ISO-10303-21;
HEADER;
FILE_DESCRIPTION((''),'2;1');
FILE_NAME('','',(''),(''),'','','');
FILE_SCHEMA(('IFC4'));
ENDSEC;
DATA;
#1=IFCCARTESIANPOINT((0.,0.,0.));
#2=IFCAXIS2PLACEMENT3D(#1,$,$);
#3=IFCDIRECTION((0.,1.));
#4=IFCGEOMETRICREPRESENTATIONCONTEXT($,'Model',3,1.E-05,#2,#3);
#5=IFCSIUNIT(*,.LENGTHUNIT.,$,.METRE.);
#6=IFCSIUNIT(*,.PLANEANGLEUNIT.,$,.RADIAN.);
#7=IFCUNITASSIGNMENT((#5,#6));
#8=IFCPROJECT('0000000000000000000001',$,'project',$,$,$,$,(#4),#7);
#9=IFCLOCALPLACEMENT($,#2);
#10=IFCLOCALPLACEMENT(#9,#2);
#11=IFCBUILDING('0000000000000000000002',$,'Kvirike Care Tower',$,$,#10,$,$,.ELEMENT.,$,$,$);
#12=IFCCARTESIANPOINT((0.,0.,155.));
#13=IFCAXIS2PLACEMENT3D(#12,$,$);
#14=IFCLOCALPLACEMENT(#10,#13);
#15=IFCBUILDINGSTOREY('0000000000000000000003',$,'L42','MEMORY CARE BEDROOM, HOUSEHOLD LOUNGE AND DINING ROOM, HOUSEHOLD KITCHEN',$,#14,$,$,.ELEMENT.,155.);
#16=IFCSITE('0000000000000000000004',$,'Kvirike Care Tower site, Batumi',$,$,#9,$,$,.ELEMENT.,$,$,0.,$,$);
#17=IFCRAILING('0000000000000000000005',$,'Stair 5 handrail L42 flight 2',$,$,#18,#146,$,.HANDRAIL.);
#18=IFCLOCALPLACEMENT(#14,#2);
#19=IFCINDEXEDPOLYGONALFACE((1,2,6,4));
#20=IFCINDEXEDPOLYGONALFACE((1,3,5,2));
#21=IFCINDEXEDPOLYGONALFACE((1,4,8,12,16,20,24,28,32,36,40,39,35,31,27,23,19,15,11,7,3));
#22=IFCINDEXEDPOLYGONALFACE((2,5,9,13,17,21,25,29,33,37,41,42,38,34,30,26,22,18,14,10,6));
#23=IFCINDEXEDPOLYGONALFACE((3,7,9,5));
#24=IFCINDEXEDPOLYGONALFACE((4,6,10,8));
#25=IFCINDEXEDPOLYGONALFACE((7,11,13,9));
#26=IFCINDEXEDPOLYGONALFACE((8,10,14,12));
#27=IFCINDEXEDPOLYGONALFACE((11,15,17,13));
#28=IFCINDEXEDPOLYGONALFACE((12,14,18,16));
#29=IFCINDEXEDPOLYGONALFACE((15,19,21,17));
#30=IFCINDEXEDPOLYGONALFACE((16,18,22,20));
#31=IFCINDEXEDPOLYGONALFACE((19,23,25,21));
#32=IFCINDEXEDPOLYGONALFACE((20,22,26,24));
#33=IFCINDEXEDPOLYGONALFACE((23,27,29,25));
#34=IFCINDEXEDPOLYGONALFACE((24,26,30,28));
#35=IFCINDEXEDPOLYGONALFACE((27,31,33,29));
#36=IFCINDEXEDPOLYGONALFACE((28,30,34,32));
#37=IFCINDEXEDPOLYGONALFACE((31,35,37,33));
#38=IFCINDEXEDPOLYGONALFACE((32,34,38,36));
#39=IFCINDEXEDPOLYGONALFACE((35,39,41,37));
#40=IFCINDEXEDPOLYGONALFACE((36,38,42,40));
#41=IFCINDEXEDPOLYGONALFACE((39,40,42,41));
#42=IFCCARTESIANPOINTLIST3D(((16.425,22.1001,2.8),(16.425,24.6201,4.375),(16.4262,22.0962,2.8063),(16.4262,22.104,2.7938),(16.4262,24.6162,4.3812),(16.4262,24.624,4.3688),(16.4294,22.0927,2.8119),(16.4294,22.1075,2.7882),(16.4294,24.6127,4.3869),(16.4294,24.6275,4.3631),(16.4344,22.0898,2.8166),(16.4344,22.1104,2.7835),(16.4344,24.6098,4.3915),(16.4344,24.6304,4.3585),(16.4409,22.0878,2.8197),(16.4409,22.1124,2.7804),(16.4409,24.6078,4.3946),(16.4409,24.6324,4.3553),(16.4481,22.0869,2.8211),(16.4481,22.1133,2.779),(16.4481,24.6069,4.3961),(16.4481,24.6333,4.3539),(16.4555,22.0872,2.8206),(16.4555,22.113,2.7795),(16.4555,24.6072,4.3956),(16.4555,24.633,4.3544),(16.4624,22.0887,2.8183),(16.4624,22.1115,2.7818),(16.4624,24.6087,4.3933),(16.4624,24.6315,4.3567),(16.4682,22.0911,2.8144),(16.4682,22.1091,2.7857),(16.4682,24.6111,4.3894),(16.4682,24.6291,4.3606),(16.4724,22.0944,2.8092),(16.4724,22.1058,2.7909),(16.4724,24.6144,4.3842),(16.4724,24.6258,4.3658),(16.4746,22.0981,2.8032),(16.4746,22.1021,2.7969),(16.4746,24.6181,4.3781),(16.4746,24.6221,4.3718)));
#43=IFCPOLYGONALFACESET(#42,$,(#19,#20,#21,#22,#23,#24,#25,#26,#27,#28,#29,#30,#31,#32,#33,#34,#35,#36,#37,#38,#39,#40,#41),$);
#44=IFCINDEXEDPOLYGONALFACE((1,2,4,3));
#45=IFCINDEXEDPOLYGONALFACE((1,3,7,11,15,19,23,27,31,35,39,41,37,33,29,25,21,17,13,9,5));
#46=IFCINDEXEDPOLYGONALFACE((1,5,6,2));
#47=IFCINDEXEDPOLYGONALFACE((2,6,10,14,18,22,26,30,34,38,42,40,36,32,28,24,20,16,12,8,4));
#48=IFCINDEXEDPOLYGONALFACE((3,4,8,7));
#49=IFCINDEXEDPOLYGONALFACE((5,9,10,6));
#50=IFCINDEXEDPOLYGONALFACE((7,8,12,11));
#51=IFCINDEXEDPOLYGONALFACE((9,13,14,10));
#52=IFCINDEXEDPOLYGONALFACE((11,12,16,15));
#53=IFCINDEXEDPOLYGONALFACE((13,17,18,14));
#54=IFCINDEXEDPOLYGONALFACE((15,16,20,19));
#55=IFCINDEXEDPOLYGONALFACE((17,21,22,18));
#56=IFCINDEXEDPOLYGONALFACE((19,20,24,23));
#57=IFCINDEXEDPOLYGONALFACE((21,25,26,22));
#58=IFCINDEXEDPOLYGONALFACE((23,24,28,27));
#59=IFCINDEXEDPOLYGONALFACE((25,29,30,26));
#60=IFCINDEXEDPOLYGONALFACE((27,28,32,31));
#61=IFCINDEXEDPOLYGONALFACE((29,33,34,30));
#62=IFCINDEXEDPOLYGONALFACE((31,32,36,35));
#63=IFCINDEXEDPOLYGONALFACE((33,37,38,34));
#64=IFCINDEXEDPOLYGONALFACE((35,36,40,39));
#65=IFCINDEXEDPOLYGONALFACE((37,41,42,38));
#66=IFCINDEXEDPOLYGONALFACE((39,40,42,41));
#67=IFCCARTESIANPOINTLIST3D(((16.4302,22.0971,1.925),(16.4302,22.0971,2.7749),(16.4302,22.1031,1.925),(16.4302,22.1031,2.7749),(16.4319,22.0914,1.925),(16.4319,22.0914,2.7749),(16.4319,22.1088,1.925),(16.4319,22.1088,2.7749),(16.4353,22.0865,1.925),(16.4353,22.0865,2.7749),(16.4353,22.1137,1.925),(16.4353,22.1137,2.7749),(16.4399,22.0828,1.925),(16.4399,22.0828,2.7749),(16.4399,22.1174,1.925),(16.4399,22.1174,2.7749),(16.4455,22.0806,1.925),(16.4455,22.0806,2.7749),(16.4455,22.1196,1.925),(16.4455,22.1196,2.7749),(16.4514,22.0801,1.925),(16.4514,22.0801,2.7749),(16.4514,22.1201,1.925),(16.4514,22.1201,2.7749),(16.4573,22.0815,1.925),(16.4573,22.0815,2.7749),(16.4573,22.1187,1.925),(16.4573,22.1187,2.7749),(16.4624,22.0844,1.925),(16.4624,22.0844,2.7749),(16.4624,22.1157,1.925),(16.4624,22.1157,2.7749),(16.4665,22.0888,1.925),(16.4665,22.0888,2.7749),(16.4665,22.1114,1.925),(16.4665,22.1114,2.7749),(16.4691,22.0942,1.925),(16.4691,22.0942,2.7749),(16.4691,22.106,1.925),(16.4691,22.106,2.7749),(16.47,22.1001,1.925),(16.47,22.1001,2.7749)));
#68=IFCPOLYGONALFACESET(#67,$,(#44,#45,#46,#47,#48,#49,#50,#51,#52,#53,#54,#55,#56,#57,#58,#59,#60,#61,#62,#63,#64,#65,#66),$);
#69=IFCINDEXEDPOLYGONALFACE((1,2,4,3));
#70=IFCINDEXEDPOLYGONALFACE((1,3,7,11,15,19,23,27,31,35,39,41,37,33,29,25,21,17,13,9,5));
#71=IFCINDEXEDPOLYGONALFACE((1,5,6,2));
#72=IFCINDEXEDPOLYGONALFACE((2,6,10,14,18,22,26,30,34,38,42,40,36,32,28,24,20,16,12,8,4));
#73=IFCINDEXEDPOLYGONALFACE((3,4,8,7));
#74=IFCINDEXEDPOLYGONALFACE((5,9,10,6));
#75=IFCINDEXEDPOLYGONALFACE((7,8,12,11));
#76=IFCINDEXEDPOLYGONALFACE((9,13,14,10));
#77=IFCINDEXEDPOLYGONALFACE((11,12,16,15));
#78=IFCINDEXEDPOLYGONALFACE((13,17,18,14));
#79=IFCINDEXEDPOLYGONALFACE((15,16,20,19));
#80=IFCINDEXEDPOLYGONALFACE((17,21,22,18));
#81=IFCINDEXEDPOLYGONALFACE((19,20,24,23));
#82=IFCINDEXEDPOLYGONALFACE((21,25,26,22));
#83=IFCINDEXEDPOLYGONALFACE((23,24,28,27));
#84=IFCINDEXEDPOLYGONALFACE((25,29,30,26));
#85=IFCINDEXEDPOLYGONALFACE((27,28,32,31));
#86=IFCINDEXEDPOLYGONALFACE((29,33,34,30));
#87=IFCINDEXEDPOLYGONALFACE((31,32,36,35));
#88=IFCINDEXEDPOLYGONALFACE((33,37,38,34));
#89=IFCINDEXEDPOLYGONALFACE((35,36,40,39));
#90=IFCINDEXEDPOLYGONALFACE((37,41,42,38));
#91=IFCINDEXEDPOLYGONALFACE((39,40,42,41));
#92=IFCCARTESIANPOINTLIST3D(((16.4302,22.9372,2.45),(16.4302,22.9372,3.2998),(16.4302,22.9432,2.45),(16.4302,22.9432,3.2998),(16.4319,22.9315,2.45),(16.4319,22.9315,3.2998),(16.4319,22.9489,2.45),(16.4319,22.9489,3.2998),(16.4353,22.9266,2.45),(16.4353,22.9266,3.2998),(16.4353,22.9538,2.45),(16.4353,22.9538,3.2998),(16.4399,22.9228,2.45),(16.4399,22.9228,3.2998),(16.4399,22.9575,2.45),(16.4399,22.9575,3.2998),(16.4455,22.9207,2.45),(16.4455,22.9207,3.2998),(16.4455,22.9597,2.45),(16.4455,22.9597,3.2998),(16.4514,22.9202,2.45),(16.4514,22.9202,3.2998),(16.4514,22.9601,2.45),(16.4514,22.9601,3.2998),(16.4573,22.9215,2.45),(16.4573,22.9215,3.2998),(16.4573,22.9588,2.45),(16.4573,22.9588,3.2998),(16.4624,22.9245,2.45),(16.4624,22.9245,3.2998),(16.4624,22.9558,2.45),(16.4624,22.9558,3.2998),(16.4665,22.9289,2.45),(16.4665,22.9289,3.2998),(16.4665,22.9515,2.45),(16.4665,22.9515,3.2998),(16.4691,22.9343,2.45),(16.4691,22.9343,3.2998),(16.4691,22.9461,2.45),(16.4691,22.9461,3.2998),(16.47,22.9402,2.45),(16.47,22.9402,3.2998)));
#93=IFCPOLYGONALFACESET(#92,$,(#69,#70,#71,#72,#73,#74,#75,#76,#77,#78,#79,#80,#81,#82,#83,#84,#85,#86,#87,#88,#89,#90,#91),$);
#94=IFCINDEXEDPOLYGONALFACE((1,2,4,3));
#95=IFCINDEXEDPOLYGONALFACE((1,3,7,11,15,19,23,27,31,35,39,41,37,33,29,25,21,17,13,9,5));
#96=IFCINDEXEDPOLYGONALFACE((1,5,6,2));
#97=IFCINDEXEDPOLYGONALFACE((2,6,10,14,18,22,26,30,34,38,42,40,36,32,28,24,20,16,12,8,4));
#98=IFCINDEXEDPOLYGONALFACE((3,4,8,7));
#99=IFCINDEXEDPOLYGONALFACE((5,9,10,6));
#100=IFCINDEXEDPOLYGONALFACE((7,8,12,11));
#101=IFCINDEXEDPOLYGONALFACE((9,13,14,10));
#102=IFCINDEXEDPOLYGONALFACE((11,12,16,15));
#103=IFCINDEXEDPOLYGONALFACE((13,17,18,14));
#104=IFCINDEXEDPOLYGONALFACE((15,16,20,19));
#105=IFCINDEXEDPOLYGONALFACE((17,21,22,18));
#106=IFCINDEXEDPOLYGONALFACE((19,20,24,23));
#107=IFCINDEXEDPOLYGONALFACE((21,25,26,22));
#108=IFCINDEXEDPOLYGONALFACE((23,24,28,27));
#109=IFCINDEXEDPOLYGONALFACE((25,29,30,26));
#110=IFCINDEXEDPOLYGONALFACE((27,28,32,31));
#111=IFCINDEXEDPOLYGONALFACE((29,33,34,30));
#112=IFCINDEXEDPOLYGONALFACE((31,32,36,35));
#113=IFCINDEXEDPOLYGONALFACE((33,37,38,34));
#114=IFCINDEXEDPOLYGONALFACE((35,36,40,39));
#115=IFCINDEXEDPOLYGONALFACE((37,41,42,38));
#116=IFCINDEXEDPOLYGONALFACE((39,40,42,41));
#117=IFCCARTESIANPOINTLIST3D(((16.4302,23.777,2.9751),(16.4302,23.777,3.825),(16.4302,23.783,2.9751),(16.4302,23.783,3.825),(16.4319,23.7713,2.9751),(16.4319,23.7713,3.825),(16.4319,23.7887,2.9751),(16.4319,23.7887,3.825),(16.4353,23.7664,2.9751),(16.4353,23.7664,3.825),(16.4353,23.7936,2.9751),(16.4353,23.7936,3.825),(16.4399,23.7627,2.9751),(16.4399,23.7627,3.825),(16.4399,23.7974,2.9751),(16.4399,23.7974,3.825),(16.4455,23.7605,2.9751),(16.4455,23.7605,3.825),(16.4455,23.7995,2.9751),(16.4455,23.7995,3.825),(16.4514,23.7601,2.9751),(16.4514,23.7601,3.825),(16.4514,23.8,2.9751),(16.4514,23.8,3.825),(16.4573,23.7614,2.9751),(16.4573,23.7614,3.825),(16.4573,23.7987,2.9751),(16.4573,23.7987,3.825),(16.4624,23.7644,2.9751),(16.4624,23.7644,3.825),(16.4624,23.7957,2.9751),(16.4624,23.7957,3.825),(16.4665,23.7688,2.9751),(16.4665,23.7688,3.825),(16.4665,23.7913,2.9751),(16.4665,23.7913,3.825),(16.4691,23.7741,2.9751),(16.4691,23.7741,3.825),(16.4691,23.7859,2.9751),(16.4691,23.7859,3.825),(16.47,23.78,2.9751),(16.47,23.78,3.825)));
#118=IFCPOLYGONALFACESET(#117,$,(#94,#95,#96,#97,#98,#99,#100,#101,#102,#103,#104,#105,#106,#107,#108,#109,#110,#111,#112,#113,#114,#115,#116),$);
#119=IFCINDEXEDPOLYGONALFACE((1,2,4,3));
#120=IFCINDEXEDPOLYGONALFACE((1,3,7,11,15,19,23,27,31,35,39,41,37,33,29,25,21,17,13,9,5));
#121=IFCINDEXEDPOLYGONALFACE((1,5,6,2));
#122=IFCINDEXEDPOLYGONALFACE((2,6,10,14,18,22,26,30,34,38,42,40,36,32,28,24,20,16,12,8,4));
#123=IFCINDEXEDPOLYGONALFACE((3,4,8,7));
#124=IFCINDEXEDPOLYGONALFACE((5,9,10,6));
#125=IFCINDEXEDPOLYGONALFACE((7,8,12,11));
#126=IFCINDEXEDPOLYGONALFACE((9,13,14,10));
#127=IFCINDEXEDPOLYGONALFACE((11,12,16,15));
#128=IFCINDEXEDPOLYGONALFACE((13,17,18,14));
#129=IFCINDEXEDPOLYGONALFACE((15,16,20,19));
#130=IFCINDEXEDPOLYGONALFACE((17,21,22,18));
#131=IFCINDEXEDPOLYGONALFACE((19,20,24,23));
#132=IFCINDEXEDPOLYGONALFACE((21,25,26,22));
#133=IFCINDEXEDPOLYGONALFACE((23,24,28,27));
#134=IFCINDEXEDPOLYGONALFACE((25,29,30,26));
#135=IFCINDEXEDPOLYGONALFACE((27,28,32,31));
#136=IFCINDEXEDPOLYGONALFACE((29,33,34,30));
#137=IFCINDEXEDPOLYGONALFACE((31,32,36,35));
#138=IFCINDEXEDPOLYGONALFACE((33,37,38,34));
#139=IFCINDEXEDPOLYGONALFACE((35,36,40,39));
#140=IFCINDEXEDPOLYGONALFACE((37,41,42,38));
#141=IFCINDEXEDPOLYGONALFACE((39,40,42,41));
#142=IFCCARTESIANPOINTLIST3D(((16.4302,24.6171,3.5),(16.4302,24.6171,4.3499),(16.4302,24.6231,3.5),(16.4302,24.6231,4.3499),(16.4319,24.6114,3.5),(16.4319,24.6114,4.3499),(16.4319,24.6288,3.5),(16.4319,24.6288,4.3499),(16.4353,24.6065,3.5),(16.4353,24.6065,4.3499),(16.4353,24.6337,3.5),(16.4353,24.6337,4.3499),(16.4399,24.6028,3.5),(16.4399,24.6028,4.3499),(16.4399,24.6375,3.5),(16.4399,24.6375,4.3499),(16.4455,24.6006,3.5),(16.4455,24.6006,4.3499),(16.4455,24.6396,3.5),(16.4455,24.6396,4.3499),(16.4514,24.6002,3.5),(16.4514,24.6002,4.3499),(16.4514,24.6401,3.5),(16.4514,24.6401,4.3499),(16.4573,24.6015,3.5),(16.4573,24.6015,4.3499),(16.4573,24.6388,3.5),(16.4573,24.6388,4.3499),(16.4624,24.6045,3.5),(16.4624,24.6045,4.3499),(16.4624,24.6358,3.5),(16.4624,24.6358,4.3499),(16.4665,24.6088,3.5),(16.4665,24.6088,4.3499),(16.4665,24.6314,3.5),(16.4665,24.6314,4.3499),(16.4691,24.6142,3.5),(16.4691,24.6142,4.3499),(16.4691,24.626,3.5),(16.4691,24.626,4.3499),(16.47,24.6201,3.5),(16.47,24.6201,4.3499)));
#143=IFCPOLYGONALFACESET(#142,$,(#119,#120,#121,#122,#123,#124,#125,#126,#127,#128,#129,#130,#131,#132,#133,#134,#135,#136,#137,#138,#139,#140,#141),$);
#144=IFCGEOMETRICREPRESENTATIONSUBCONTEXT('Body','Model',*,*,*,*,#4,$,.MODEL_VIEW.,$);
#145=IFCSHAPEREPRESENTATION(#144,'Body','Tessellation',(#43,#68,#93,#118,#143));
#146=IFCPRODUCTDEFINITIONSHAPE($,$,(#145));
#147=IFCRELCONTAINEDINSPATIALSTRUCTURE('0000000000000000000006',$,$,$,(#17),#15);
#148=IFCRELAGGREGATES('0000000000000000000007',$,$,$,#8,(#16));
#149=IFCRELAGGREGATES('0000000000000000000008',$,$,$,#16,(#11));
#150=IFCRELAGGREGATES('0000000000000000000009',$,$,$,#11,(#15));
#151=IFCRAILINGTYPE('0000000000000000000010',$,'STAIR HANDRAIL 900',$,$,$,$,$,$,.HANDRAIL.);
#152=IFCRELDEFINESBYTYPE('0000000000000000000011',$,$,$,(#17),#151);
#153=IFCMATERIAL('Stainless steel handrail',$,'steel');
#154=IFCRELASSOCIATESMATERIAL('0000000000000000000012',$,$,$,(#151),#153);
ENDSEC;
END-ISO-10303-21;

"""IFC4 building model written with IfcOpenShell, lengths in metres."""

from ifc_helpers import new_model, si_unit, direction, frame, origin, origin_2d, place, context, subcontext, project, spatial, circle, extrude, material, type_object, element, save


model = new_model("IFC4")

# Units and contexts
model_context = context("Model", 3, precision=1e-05, world=origin(), true_north=direction((0.0, 1.0)))
body_context = subcontext(model_context, "Body", "Model", "MODEL_VIEW")
ifc_project = project(units=[si_unit("LENGTHUNIT", "METRE"), si_unit("PLANEANGLEUNIT", "RADIAN")], contexts=[model_context])

# Site, building, storey
site_placement = place(None, origin())
site = spatial("IfcSite", under=ifc_project, at=site_placement, Name="Kvirike Care Tower site, Batumi", CompositionType="ELEMENT", RefElevation=0.0)
building_placement = place(site_placement, origin())
building = spatial("IfcBuilding", under=site, at=building_placement, Name="Kvirike Care Tower", CompositionType="ELEMENT")
storey_placement = place(building_placement, frame((0.0, 0.0, 155.0)))
storey = spatial("IfcBuildingStorey", under=building, at=storey_placement, Name="L42", Description="MEMORY CARE BEDROOM, HOUSEHOLD LOUNGE AND DINING ROOM, HOUSEHOLD KITCHEN", CompositionType="ELEMENT", Elevation=155.0)

# Railing
ifc_material_1 = material(Name="Stainless steel handrail", Category="steel")
railing_type = type_object("IfcRailingType", Name="STAIR HANDRAIL 900", PredefinedType="HANDRAIL", material=ifc_material_1)
railing_placement = place(storey_placement, frame((16.45, 22.1001, 1.925)))
element("IfcRailing", 1, at=railing_placement, inside=storey, type_object=railing_type, Name="Stair 5 handrail L42 flight 2", PredefinedType="HANDRAIL", context=body_context, shape_type="SweptSolid", body=[
    extrude(circle(Radius=0.0249, at=origin_2d()), frame((0.0, 0.0, 0.875), z_axis=(0.0, 0.848008, 0.529984), x_axis=(-1.0, 0.0, 0.0)), (0.0, 0.0, 1.0), 2.9717),
    extrude(circle(Radius=0.02, at=origin_2d()), origin(), (0.0, 0.0, 1.0), 0.8499),
    extrude(circle(Radius=0.02, at=origin_2d()), frame((0.0, 0.8401, 0.5249)), (0.0, 0.0, 1.0), 0.8499),
    extrude(circle(Radius=0.02, at=origin_2d()), frame((0.0, 1.6799, 1.05)), (0.0, 0.0, 1.0), 0.8499),
    extrude(circle(Radius=0.02, at=origin_2d()), frame((0.0, 2.52, 1.575)), (0.0, 0.0, 1.0), 0.8499),
])

save(model, "model.ifc")
